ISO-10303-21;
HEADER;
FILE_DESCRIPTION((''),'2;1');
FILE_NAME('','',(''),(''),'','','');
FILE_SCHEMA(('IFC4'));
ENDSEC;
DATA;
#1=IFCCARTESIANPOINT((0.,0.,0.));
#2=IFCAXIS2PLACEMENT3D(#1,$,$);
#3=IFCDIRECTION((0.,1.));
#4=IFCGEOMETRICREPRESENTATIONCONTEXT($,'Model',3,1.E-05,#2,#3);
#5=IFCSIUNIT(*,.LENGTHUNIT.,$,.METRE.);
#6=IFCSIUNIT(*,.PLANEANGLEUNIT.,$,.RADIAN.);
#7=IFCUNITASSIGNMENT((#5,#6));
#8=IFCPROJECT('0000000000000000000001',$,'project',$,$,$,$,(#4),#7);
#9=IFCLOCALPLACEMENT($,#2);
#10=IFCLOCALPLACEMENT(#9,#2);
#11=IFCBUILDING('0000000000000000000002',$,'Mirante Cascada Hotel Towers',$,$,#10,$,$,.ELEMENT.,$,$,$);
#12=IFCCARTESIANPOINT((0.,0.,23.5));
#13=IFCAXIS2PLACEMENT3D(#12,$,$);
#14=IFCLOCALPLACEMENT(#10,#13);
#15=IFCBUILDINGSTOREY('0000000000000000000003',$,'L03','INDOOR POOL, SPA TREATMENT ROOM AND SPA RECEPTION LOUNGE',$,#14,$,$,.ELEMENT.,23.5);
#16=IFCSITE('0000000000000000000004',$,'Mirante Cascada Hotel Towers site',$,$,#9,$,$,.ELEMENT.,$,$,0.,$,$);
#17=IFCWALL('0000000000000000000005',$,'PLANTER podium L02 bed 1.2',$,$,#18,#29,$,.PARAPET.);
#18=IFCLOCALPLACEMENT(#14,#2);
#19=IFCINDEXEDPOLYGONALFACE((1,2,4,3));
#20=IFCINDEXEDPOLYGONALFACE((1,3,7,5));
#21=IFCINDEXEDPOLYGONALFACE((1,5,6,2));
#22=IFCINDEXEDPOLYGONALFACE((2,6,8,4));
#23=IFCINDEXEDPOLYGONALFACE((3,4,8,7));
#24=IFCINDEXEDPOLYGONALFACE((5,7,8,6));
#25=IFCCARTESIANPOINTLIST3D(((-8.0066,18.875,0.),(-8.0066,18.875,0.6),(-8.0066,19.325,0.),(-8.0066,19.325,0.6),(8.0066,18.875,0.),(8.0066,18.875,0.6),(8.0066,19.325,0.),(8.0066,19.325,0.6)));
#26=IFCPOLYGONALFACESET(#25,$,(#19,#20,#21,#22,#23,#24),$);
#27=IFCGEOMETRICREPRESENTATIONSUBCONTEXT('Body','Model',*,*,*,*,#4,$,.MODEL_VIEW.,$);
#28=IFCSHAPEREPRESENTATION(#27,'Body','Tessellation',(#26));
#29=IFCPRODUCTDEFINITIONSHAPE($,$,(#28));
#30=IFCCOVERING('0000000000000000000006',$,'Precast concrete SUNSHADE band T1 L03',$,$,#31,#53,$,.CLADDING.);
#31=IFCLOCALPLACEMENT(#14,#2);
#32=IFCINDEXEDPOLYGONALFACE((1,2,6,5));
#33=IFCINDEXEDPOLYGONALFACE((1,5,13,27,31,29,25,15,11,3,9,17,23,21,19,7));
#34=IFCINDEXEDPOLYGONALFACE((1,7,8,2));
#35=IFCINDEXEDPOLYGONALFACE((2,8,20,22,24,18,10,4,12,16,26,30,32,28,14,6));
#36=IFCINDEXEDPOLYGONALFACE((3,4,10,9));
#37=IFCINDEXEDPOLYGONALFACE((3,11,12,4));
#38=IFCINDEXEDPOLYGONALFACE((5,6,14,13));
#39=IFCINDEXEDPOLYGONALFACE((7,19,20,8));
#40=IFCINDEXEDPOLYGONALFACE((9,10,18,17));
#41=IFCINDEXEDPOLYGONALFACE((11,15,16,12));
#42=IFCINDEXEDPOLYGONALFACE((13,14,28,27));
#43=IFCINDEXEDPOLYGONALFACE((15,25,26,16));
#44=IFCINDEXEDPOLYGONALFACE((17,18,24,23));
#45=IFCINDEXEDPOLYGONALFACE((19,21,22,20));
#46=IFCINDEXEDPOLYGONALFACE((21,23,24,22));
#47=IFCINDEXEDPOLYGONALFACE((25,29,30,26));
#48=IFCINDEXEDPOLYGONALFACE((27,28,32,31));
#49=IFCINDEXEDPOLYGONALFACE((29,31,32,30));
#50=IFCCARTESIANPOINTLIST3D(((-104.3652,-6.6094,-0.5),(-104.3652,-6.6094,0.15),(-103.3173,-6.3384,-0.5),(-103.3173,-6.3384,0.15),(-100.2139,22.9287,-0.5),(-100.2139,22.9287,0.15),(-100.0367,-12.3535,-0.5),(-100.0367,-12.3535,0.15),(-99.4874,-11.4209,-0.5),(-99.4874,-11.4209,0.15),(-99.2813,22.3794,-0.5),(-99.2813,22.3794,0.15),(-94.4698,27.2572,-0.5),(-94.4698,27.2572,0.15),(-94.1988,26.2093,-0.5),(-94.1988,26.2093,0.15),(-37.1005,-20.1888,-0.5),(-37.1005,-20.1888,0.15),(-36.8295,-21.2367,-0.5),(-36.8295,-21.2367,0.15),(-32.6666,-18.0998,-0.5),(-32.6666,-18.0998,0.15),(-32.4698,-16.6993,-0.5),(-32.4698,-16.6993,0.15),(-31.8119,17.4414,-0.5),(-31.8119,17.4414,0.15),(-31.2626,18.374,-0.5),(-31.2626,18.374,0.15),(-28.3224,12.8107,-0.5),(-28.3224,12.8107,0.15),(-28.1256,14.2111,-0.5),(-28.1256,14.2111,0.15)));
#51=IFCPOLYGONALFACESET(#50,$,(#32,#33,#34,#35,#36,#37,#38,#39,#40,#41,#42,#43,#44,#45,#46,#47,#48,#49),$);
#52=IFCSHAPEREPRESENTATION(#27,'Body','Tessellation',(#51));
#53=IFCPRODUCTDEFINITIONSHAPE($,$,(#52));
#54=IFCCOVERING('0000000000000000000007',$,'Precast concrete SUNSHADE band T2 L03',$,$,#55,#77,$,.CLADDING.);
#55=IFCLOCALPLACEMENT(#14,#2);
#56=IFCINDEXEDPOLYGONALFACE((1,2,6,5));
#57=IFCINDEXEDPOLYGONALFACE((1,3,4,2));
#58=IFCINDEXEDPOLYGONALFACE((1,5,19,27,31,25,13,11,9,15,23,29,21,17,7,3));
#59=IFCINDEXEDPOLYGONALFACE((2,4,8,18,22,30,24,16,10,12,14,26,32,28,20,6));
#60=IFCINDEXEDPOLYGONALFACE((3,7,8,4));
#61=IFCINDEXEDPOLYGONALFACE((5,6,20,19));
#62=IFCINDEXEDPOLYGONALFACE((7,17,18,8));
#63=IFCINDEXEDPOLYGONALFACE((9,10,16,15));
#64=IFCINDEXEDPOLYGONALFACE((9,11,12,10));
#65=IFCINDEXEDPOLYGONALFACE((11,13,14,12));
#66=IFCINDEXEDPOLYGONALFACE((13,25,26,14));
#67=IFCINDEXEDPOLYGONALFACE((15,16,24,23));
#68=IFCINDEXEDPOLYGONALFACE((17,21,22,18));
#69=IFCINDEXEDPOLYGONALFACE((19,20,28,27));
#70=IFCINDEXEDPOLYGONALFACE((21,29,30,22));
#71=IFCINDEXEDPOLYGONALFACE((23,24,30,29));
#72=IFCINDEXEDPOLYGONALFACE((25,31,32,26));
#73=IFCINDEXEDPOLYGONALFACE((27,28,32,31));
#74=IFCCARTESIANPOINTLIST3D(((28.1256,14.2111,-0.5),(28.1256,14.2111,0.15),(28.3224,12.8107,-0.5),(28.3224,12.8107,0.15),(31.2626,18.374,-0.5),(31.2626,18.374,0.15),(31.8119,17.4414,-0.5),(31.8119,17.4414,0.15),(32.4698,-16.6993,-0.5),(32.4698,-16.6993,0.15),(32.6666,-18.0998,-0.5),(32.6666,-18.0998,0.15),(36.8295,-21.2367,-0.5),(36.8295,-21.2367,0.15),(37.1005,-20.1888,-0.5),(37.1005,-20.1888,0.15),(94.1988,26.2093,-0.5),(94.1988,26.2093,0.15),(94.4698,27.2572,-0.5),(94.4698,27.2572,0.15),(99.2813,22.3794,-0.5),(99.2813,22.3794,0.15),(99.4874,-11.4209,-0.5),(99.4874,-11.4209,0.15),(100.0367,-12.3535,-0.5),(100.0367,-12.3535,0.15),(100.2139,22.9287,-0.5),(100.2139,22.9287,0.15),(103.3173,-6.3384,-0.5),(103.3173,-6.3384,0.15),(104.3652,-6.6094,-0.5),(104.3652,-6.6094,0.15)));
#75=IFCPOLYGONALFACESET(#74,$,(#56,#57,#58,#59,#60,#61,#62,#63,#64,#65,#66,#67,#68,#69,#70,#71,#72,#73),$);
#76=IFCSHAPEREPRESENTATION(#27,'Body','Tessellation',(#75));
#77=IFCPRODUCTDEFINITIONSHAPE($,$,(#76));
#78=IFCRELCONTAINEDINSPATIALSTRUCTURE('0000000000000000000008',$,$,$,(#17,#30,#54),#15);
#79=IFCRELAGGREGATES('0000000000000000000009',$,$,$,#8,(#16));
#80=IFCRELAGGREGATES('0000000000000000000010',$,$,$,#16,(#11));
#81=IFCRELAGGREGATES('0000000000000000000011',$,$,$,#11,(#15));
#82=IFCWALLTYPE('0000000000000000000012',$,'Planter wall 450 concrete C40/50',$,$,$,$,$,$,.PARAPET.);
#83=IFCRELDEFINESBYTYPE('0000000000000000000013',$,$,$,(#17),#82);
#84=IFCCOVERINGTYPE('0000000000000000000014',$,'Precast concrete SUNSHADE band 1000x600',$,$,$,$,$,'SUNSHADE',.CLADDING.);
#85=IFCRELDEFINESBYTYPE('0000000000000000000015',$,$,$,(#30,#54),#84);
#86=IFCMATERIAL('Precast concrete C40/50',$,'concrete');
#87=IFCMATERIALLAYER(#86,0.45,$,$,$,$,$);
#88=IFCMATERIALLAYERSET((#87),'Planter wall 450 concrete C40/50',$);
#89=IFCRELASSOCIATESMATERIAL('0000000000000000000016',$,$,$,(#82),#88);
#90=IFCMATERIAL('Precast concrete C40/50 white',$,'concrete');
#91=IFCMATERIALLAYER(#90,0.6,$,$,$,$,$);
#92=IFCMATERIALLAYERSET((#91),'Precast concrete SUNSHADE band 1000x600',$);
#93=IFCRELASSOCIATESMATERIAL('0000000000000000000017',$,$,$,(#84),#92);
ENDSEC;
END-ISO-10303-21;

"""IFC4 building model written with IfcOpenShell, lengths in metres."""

from ifc_helpers import new_model, si_unit, direction, frame, frame_2d, origin, place, context, subcontext, project, spatial, polyline, rectangle, outline, extrude, material, layer, layer_set, type_object, element, save


model = new_model("IFC4")

# Units and contexts
model_context = context("Model", 3, precision=1e-05, world=origin(), true_north=direction((0.0, 1.0)))
body_context = subcontext(model_context, "Body", "Model", "MODEL_VIEW")
ifc_project = project(units=[si_unit("LENGTHUNIT", "METRE"), si_unit("PLANEANGLEUNIT", "RADIAN")], contexts=[model_context])

# Site, building, storey
site_placement = place(None, origin())
site = spatial("IfcSite", under=ifc_project, at=site_placement, Name="Mirante Cascada Hotel Towers site", CompositionType="ELEMENT", RefElevation=0.0)
building_placement = place(site_placement, origin())
building = spatial("IfcBuilding", under=site, at=building_placement, Name="Mirante Cascada Hotel Towers", CompositionType="ELEMENT")
storey_placement = place(building_placement, frame((0.0, 0.0, 23.5)))
storey = spatial("IfcBuildingStorey", under=building, at=storey_placement, Name="L03", Description="INDOOR POOL, SPA TREATMENT ROOM AND SPA RECEPTION LOUNGE", CompositionType="ELEMENT", Elevation=23.5)

# Wall
ifc_material_1 = material(Name="Precast concrete C40/50", Category="concrete")
ifc_layer_1 = layer(ifc_material_1, 0.45)
ifc_layer_set_1 = layer_set([ifc_layer_1], Name="Planter wall 450 concrete C40/50")
wall_type_1 = type_object("IfcWallType", Name="Planter wall 450 concrete C40/50", PredefinedType="PARAPET", material=ifc_layer_set_1)
wall_1_placement = place(storey_placement, frame((-8.0066, 19.1, 0.0), z_axis=(0.0, 0.0, 1.0), x_axis=(1.0, 0.0, 0.0)))
element("IfcWall", 1, at=wall_1_placement, inside=storey, type_object=wall_type_1, Name="PLANTER podium L02 bed 1.2", PredefinedType="PARAPET", context=body_context, shape_type="SweptSolid", body=[
    extrude(rectangle(XDim=16.0132, YDim=0.45, at=frame_2d((8.0066, 0.0))), origin(), (0.0, 0.0, 1.0), 0.6),
])

# Coverings
ifc_material_2 = material(Name="Precast concrete C40/50 white", Category="concrete")
ifc_layer_2 = layer(ifc_material_2, 0.6)
ifc_layer_set_2 = layer_set([ifc_layer_2], Name="Precast concrete SUNSHADE band 1000x600")
covering_type = type_object("IfcCoveringType", Name="Precast concrete SUNSHADE band 1000x600", ElementType="SUNSHADE", PredefinedType="CLADDING", material=ifc_layer_set_2)
covering_1_placement = place(storey_placement, frame((0.0, 0.0, -0.5)))
element("IfcCovering", 2, at=covering_1_placement, inside=storey, type_object=covering_type, Name="Precast concrete SUNSHADE band T1 L03", PredefinedType="CLADDING", context=body_context, shape_type="SweptSolid", body=[
    extrude(outline(polyline([(-100.2139, 22.9287), (-94.4698, 27.2572), (-31.2626, 18.374), (-28.1256, 14.2111), (-28.3224, 12.8107), (-31.8119, 17.4414), (-94.1988, 26.2093), (-99.2813, 22.3794), (-103.3173, -6.3384), (-99.4874, -11.4209), (-37.1005, -20.1888), (-32.4698, -16.6993), (-32.6666, -18.0998), (-36.8295, -21.2367), (-100.0367, -12.3535), (-104.3652, -6.6094), (-100.2139, 22.9287)])), origin(), (0.0, 0.0, 1.0), 0.65),
])
covering_2_placement = place(storey_placement, frame((0.0, 0.0, -0.5)))
element("IfcCovering", 3, at=covering_2_placement, inside=storey, type_object=covering_type, Name="Precast concrete SUNSHADE band T2 L03", PredefinedType="CLADDING", context=body_context, shape_type="SweptSolid", body=[
    extrude(outline(polyline([(94.4698, 27.2572), (100.2139, 22.9287), (104.3652, -6.6094), (100.0367, -12.3535), (36.8295, -21.2367), (32.6666, -18.0998), (32.4698, -16.6993), (37.1005, -20.1888), (99.4874, -11.4209), (103.3173, -6.3384), (99.2813, 22.3794), (94.1988, 26.2093), (31.8119, 17.4414), (28.3224, 12.8107), (28.1256, 14.2111), (31.2626, 18.374), (94.4698, 27.2572)])), origin(), (0.0, 0.0, 1.0), 0.65),
])

save(model, "model.ifc")
